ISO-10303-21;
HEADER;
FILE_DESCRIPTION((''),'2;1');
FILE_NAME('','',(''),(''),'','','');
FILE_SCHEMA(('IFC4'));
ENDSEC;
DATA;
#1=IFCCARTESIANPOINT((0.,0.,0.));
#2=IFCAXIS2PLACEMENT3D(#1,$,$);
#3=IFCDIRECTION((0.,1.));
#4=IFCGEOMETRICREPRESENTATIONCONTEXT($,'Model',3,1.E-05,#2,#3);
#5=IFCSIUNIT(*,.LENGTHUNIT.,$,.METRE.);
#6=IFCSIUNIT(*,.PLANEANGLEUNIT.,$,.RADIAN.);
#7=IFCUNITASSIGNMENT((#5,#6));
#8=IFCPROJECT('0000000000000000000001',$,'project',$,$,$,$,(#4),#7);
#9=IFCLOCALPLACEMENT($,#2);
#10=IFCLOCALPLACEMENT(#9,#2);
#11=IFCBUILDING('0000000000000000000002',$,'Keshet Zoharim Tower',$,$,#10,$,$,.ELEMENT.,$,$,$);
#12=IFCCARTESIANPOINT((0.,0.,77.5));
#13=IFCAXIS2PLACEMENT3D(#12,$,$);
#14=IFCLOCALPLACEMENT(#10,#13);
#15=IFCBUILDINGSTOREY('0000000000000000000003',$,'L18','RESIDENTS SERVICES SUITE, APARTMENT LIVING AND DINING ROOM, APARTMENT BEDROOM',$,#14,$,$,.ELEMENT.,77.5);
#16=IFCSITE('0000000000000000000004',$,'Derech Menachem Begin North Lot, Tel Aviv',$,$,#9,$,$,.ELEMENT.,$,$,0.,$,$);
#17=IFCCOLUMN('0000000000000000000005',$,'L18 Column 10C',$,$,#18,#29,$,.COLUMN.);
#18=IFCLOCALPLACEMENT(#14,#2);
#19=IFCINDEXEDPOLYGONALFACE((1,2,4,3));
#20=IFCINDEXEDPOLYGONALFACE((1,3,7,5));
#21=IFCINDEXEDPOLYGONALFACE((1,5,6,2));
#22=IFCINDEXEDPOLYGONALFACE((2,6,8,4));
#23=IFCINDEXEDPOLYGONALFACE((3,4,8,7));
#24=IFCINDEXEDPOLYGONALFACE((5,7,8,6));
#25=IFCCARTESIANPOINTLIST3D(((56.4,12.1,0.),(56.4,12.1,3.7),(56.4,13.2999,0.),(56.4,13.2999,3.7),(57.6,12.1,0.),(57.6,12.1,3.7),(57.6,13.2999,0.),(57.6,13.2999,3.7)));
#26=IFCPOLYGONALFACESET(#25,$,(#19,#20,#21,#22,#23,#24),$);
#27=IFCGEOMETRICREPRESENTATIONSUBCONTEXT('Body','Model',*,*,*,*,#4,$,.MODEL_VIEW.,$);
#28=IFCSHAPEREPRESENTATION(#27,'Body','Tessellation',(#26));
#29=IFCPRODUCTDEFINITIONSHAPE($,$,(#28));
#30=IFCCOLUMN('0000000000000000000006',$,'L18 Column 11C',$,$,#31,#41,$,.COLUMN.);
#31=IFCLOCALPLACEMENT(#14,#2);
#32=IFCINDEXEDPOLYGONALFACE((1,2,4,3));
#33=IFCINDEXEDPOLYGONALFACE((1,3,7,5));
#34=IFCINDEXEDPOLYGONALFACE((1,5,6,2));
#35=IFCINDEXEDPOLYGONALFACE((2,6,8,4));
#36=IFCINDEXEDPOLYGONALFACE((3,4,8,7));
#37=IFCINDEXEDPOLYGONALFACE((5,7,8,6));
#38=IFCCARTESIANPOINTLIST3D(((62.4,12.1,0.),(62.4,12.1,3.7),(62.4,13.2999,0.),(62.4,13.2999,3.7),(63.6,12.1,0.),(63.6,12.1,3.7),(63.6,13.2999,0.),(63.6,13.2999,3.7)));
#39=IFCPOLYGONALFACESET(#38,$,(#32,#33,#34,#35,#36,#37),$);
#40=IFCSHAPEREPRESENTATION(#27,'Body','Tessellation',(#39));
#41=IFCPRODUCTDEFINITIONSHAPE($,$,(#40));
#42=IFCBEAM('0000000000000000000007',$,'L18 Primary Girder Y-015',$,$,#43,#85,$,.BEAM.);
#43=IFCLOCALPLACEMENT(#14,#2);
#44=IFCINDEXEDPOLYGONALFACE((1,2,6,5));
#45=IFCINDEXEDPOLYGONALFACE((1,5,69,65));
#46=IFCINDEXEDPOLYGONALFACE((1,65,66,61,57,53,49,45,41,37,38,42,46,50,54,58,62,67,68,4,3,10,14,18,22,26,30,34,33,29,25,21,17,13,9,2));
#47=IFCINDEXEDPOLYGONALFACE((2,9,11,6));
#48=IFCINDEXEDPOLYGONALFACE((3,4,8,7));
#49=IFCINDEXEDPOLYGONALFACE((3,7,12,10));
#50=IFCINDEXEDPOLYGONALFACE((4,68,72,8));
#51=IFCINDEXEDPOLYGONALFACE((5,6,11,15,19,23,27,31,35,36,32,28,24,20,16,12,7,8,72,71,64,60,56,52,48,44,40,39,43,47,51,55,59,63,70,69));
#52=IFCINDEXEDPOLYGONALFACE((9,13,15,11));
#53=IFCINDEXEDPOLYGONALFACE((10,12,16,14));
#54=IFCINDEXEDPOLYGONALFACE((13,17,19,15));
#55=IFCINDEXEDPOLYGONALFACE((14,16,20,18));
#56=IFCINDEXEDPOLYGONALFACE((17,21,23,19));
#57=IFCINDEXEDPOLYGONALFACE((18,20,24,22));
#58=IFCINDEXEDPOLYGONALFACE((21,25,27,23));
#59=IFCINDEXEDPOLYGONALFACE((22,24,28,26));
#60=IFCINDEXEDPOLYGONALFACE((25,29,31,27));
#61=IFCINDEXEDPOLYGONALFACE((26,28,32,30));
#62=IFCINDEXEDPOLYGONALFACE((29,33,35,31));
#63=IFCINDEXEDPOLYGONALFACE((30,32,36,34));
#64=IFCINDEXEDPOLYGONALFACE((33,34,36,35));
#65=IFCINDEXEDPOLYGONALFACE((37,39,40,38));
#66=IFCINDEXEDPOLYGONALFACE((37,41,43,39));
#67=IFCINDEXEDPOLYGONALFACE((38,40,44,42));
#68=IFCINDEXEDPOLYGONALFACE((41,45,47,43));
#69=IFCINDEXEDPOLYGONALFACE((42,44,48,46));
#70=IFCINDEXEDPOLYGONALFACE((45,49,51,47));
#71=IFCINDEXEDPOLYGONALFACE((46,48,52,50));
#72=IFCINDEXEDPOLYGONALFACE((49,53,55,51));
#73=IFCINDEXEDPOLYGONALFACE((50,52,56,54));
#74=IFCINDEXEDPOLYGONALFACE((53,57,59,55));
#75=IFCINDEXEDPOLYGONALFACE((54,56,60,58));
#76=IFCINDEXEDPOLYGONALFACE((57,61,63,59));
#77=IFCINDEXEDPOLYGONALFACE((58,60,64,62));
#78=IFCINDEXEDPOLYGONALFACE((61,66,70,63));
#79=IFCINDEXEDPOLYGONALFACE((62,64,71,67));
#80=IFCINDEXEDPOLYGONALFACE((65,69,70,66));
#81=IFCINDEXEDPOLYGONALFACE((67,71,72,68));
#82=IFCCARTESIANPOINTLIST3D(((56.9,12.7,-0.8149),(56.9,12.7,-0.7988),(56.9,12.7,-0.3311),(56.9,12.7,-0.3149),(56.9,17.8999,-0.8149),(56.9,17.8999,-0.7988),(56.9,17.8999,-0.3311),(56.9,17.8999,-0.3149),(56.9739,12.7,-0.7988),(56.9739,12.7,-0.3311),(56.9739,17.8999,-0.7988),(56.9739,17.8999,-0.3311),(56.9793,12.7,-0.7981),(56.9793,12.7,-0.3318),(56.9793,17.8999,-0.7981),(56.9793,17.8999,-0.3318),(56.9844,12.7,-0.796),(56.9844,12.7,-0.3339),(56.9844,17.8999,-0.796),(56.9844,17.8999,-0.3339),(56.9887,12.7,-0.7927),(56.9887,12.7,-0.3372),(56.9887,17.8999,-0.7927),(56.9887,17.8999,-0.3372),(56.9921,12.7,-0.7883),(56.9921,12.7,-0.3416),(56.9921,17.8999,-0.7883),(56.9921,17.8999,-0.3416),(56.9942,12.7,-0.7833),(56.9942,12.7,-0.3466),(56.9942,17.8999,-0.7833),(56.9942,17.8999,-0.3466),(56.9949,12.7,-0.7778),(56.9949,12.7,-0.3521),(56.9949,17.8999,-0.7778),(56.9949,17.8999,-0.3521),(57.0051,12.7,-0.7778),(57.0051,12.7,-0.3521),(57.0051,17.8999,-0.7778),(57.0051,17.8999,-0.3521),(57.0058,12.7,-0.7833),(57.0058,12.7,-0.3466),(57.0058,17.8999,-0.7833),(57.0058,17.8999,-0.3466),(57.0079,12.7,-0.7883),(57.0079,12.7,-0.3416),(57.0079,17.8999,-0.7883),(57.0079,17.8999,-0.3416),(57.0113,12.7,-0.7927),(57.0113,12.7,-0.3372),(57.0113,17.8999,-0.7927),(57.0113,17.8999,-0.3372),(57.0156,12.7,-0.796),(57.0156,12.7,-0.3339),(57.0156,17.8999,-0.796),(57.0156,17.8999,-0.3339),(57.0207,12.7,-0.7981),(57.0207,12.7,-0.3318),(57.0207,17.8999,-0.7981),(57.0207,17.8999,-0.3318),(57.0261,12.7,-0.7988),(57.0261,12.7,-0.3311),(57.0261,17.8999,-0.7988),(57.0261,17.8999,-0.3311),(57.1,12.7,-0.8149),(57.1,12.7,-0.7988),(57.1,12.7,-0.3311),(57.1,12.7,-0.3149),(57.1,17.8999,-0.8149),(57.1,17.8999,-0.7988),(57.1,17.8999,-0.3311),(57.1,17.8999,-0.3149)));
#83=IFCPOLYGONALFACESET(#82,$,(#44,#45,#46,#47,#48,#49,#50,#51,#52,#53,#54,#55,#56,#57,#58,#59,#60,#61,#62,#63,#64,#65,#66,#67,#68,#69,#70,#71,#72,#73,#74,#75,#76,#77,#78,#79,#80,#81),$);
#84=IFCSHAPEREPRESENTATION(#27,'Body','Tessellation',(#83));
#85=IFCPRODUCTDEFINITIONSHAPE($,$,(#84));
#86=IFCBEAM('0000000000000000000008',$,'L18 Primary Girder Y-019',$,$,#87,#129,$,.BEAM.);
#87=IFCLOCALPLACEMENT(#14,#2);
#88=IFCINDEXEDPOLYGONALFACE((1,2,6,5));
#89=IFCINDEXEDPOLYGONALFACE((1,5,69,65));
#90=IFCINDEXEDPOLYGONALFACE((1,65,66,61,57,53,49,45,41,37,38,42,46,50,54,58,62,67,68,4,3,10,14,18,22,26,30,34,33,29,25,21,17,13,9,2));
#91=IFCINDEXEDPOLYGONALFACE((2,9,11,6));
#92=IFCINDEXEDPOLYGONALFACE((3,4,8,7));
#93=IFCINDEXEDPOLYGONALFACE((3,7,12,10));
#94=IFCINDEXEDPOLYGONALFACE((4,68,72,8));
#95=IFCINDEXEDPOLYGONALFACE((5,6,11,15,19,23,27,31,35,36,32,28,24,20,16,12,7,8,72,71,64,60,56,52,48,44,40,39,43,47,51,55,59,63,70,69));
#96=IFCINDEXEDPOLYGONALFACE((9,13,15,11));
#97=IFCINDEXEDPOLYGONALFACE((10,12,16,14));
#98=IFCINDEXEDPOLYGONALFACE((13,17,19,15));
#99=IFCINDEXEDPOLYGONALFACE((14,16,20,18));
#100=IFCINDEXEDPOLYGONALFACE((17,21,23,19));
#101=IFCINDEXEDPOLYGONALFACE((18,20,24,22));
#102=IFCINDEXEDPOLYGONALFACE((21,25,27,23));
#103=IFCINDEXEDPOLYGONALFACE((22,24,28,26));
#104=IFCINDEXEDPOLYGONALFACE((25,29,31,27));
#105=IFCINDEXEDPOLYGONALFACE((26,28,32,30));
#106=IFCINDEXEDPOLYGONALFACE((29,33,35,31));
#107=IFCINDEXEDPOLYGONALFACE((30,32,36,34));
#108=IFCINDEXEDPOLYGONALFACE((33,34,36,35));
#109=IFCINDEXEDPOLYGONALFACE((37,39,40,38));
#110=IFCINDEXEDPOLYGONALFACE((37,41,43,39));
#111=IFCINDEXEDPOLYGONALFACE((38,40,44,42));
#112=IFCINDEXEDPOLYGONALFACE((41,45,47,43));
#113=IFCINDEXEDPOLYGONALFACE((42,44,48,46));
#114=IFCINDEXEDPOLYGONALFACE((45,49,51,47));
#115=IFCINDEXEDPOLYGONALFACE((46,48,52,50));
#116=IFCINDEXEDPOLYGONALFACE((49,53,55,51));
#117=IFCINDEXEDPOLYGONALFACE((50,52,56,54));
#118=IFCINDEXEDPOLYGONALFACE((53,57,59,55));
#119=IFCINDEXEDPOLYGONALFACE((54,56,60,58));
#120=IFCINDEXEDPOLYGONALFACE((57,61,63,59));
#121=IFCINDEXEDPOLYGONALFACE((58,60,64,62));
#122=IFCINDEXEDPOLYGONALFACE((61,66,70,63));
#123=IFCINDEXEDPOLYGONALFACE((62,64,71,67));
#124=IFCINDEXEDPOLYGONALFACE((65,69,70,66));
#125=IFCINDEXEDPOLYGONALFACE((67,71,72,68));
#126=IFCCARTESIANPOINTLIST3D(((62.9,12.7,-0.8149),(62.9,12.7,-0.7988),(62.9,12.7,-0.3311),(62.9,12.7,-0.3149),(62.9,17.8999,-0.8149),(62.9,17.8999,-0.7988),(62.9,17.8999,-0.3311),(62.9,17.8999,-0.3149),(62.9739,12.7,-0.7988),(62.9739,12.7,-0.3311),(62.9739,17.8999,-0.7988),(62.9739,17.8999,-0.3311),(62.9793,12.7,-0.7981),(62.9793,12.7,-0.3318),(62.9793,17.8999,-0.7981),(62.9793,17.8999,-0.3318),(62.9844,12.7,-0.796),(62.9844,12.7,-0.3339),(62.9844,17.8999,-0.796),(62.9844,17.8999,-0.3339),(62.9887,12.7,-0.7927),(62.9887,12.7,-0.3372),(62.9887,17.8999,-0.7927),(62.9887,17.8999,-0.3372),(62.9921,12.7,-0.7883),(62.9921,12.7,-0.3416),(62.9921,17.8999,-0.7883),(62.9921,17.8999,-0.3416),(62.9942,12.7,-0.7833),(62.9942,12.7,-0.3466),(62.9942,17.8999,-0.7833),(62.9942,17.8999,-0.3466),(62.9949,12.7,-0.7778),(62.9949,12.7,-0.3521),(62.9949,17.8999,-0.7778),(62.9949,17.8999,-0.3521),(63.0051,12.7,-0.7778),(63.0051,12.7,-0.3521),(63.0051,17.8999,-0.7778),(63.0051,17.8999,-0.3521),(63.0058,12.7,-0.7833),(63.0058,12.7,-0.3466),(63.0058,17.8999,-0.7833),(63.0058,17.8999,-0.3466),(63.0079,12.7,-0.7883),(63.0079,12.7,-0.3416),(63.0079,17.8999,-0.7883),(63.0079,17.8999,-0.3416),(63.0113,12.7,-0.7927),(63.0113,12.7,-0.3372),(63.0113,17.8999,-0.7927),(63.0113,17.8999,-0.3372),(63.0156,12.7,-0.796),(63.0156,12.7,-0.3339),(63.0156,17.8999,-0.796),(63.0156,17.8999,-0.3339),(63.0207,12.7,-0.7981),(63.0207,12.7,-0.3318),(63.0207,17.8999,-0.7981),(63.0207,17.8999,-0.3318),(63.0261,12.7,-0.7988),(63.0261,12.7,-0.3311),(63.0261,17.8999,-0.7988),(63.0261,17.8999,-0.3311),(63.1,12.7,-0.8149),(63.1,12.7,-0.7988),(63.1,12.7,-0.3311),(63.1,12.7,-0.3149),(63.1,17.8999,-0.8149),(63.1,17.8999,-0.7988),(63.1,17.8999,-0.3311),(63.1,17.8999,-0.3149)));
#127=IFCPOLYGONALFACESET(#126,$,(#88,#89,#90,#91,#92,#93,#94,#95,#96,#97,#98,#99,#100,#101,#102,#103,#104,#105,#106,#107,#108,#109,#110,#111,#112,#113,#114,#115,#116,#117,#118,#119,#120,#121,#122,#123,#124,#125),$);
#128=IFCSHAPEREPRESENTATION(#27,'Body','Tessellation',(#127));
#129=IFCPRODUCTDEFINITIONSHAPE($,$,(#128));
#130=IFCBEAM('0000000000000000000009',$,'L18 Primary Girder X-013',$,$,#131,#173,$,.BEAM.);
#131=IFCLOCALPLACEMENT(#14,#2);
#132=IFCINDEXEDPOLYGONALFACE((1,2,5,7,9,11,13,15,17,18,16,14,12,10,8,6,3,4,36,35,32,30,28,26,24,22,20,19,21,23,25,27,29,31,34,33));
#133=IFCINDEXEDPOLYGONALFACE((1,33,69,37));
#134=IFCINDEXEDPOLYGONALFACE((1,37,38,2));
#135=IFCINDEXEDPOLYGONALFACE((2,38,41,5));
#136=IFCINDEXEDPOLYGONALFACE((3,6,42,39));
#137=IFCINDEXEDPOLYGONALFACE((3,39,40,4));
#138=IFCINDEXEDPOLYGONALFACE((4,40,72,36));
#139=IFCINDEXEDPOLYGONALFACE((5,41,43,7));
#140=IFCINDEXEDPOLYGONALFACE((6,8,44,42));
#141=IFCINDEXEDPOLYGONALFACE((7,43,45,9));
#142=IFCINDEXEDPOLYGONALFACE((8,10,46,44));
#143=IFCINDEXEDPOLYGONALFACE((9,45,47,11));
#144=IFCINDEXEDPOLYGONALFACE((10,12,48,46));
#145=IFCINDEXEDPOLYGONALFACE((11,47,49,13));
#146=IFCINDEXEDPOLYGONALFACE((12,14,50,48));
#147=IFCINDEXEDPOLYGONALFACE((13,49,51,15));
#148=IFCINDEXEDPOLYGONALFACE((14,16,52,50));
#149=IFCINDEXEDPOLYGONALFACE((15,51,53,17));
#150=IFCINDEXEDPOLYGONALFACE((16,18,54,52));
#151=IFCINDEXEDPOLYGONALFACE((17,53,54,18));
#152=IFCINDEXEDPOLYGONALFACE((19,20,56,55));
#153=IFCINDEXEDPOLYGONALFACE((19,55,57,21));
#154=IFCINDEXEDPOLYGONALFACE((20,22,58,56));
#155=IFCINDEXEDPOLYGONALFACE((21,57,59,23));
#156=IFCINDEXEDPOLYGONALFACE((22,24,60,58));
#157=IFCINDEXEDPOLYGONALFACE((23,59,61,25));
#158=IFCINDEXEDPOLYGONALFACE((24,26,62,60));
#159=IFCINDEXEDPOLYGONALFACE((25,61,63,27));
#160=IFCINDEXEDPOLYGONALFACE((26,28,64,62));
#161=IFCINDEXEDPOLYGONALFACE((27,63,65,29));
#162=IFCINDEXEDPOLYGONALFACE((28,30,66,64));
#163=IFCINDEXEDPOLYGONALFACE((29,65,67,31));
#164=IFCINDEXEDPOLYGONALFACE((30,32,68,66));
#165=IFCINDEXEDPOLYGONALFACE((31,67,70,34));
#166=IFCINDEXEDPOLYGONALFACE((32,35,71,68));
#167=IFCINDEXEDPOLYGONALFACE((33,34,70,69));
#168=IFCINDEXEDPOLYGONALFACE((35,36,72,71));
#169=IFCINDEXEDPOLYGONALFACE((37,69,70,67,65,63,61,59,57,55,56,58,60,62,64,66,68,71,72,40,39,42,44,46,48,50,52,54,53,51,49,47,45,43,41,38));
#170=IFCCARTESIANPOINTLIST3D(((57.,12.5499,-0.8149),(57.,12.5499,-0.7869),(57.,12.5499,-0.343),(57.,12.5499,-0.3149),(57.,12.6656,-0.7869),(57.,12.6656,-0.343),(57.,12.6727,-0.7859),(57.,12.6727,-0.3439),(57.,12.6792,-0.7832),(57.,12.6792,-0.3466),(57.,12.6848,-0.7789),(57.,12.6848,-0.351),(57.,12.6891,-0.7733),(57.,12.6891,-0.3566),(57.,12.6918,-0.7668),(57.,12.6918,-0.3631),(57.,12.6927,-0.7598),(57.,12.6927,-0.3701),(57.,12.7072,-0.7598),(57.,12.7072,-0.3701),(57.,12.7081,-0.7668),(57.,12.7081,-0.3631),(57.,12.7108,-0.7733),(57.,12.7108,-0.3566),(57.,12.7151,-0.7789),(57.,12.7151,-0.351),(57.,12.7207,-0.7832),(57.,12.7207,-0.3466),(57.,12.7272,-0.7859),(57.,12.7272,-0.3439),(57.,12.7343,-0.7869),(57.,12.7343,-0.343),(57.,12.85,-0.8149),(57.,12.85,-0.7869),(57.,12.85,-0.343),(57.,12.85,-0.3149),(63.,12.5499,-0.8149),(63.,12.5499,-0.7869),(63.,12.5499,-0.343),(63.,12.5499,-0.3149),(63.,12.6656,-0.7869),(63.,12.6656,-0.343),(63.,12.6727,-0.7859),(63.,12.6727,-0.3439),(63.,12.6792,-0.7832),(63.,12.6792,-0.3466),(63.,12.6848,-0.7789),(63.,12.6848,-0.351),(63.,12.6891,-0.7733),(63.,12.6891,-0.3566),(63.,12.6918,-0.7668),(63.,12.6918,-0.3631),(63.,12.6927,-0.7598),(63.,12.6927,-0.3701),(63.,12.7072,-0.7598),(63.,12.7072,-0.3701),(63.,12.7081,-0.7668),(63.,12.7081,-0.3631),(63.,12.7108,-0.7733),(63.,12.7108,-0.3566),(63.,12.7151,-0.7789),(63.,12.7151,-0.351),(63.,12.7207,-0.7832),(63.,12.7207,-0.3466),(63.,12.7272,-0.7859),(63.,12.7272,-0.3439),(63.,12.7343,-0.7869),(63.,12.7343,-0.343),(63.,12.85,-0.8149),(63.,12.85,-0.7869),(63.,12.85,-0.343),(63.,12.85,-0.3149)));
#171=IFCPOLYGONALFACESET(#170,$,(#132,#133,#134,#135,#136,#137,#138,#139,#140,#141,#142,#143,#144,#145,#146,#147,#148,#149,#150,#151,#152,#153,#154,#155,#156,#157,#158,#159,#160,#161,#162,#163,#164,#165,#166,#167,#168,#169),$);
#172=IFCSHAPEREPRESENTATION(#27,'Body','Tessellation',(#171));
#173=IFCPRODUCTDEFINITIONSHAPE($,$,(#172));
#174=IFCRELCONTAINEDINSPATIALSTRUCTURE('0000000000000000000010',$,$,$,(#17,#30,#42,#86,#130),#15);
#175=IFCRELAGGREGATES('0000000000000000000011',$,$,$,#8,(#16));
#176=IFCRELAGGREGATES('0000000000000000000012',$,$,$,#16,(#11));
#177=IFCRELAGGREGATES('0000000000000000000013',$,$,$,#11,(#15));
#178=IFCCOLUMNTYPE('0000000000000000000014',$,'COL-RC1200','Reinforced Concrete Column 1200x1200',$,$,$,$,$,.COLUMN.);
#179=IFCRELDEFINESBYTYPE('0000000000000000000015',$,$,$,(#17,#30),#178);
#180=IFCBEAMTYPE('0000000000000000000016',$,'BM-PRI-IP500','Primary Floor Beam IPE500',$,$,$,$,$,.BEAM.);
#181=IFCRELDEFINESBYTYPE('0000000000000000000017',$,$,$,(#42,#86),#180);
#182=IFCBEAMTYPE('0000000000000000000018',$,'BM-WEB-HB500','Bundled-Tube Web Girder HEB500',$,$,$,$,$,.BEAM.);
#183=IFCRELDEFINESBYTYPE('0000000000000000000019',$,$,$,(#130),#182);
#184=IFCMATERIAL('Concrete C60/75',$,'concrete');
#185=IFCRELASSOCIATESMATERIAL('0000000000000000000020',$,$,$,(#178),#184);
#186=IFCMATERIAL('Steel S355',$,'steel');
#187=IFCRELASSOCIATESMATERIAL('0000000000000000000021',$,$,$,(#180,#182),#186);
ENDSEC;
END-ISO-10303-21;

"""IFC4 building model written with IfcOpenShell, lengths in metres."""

from ifc_helpers import new_model, si_unit, direction, frame, origin, origin_2d, place, context, subcontext, project, spatial, rectangle, i_section, extrude, material, material_profile, profile_set, type_object, element, save


model = new_model("IFC4")

# Units and contexts
model_context = context("Model", 3, precision=1e-05, world=origin(), true_north=direction((0.0, 1.0)))
body_context = subcontext(model_context, "Body", "Model", "MODEL_VIEW")
ifc_project = project(units=[si_unit("LENGTHUNIT", "METRE"), si_unit("PLANEANGLEUNIT", "RADIAN")], contexts=[model_context])

# Site, building, storey
site_placement = place(None, origin())
site = spatial("IfcSite", under=ifc_project, at=site_placement, Name="Derech Menachem Begin North Lot, Tel Aviv", CompositionType="ELEMENT", RefElevation=0.0)
building_placement = place(site_placement, origin())
building = spatial("IfcBuilding", under=site, at=building_placement, Name="Keshet Zoharim Tower", CompositionType="ELEMENT")
storey_placement = place(building_placement, frame((0.0, 0.0, 77.5)))
storey = spatial("IfcBuildingStorey", under=building, at=storey_placement, Name="L18", Description="RESIDENTS SERVICES SUITE, APARTMENT LIVING AND DINING ROOM, APARTMENT BEDROOM", CompositionType="ELEMENT", Elevation=77.5)

# Columns
ifc_material_1 = material(Name="Concrete C60/75", Category="concrete")
ifc_material_profile_1 = material_profile(ifc_material_1, rectangle(XDim=1.2, YDim=1.2, at=origin_2d()), Name="RC1200x1200")
ifc_profile_set_1 = profile_set([ifc_material_profile_1], Name="Concrete C60/75")
column_type = type_object("IfcColumnType", Name="COL-RC1200", Description="Reinforced Concrete Column 1200x1200", PredefinedType="COLUMN", material=ifc_profile_set_1)
for number, where, z_axis, x_axis, name in (
    (1, (57.0, 12.7, 0.0), (0.0, 0.0, 1.0), (1.0, 0.0, 0.0), "L18 Column 10C"),
    (2, (63.0, 12.7, 0.0), (0.0, 0.0, 1.0), (1.0, 0.0, 0.0), "L18 Column 11C"),
):
    element("IfcColumn", number, at=place(storey_placement, frame(where, z_axis=z_axis, x_axis=x_axis)), inside=storey, type_object=column_type, Name=name, PredefinedType="COLUMN", context=body_context, shape_type="SweptSolid", body=[
        extrude(rectangle(XDim=1.2, YDim=1.2, at=origin_2d()), origin(), (0.0, 0.0, 1.0), 3.7),
    ])

# Beams
ifc_material_2 = material(Name="Steel S355", Category="steel")
ifc_material_profile_2 = material_profile(ifc_material_2, i_section(OverallWidth=0.2, OverallDepth=0.5, WebThickness=0.0103, FlangeThickness=0.0161, FilletRadius=0.021, at=origin_2d()), Name="IPE500")
ifc_profile_set_2 = profile_set([ifc_material_profile_2], Name="Steel S355")
beam_type_1 = type_object("IfcBeamType", Name="BM-PRI-IP500", Description="Primary Floor Beam IPE500", PredefinedType="BEAM", material=ifc_profile_set_2)
for number, where, z_axis, x_axis, name in (
    (3, (57.0, 12.7, -0.5649), (0.0, 1.0, 0.0), (-1.0, 0.0, 0.0), "L18 Primary Girder Y-015"),
    (4, (63.0, 12.7, -0.5649), (0.0, 1.0, 0.0), (-1.0, 0.0, 0.0), "L18 Primary Girder Y-019"),
):
    element("IfcBeam", number, at=place(storey_placement, frame(where, z_axis=z_axis, x_axis=x_axis)), inside=storey, type_object=beam_type_1, Name=name, PredefinedType="BEAM", context=body_context, shape_type="SweptSolid", body=[
        extrude(i_section(OverallWidth=0.2, OverallDepth=0.5, WebThickness=0.0103, FlangeThickness=0.0161, FilletRadius=0.021, at=origin_2d()), origin(), (0.0, 0.0, 1.0), 5.2),
    ])
ifc_material_profile_3 = material_profile(ifc_material_2, i_section(OverallWidth=0.3, OverallDepth=0.5, WebThickness=0.0144, FlangeThickness=0.0281, FilletRadius=0.0271, at=origin_2d()), Name="HEB500")
ifc_profile_set_3 = profile_set([ifc_material_profile_3], Name="Steel S355")
beam_type_2 = type_object("IfcBeamType", Name="BM-WEB-HB500", Description="Bundled-Tube Web Girder HEB500", PredefinedType="BEAM", material=ifc_profile_set_3)
for number, where, z_axis, x_axis, name in (
    (5, (57.0, 12.7, -0.5649), (1.0, 0.0, 0.0), (0.0, 1.0, 0.0), "L18 Primary Girder X-013"),
):
    element("IfcBeam", number, at=place(storey_placement, frame(where, z_axis=z_axis, x_axis=x_axis)), inside=storey, type_object=beam_type_2, Name=name, PredefinedType="BEAM", context=body_context, shape_type="SweptSolid", body=[
        extrude(i_section(OverallWidth=0.3, OverallDepth=0.5, WebThickness=0.0144, FlangeThickness=0.0281, FilletRadius=0.0271, at=origin_2d()), origin(), (0.0, 0.0, 1.0), 6.0),
    ])

save(model, "model.ifc")
